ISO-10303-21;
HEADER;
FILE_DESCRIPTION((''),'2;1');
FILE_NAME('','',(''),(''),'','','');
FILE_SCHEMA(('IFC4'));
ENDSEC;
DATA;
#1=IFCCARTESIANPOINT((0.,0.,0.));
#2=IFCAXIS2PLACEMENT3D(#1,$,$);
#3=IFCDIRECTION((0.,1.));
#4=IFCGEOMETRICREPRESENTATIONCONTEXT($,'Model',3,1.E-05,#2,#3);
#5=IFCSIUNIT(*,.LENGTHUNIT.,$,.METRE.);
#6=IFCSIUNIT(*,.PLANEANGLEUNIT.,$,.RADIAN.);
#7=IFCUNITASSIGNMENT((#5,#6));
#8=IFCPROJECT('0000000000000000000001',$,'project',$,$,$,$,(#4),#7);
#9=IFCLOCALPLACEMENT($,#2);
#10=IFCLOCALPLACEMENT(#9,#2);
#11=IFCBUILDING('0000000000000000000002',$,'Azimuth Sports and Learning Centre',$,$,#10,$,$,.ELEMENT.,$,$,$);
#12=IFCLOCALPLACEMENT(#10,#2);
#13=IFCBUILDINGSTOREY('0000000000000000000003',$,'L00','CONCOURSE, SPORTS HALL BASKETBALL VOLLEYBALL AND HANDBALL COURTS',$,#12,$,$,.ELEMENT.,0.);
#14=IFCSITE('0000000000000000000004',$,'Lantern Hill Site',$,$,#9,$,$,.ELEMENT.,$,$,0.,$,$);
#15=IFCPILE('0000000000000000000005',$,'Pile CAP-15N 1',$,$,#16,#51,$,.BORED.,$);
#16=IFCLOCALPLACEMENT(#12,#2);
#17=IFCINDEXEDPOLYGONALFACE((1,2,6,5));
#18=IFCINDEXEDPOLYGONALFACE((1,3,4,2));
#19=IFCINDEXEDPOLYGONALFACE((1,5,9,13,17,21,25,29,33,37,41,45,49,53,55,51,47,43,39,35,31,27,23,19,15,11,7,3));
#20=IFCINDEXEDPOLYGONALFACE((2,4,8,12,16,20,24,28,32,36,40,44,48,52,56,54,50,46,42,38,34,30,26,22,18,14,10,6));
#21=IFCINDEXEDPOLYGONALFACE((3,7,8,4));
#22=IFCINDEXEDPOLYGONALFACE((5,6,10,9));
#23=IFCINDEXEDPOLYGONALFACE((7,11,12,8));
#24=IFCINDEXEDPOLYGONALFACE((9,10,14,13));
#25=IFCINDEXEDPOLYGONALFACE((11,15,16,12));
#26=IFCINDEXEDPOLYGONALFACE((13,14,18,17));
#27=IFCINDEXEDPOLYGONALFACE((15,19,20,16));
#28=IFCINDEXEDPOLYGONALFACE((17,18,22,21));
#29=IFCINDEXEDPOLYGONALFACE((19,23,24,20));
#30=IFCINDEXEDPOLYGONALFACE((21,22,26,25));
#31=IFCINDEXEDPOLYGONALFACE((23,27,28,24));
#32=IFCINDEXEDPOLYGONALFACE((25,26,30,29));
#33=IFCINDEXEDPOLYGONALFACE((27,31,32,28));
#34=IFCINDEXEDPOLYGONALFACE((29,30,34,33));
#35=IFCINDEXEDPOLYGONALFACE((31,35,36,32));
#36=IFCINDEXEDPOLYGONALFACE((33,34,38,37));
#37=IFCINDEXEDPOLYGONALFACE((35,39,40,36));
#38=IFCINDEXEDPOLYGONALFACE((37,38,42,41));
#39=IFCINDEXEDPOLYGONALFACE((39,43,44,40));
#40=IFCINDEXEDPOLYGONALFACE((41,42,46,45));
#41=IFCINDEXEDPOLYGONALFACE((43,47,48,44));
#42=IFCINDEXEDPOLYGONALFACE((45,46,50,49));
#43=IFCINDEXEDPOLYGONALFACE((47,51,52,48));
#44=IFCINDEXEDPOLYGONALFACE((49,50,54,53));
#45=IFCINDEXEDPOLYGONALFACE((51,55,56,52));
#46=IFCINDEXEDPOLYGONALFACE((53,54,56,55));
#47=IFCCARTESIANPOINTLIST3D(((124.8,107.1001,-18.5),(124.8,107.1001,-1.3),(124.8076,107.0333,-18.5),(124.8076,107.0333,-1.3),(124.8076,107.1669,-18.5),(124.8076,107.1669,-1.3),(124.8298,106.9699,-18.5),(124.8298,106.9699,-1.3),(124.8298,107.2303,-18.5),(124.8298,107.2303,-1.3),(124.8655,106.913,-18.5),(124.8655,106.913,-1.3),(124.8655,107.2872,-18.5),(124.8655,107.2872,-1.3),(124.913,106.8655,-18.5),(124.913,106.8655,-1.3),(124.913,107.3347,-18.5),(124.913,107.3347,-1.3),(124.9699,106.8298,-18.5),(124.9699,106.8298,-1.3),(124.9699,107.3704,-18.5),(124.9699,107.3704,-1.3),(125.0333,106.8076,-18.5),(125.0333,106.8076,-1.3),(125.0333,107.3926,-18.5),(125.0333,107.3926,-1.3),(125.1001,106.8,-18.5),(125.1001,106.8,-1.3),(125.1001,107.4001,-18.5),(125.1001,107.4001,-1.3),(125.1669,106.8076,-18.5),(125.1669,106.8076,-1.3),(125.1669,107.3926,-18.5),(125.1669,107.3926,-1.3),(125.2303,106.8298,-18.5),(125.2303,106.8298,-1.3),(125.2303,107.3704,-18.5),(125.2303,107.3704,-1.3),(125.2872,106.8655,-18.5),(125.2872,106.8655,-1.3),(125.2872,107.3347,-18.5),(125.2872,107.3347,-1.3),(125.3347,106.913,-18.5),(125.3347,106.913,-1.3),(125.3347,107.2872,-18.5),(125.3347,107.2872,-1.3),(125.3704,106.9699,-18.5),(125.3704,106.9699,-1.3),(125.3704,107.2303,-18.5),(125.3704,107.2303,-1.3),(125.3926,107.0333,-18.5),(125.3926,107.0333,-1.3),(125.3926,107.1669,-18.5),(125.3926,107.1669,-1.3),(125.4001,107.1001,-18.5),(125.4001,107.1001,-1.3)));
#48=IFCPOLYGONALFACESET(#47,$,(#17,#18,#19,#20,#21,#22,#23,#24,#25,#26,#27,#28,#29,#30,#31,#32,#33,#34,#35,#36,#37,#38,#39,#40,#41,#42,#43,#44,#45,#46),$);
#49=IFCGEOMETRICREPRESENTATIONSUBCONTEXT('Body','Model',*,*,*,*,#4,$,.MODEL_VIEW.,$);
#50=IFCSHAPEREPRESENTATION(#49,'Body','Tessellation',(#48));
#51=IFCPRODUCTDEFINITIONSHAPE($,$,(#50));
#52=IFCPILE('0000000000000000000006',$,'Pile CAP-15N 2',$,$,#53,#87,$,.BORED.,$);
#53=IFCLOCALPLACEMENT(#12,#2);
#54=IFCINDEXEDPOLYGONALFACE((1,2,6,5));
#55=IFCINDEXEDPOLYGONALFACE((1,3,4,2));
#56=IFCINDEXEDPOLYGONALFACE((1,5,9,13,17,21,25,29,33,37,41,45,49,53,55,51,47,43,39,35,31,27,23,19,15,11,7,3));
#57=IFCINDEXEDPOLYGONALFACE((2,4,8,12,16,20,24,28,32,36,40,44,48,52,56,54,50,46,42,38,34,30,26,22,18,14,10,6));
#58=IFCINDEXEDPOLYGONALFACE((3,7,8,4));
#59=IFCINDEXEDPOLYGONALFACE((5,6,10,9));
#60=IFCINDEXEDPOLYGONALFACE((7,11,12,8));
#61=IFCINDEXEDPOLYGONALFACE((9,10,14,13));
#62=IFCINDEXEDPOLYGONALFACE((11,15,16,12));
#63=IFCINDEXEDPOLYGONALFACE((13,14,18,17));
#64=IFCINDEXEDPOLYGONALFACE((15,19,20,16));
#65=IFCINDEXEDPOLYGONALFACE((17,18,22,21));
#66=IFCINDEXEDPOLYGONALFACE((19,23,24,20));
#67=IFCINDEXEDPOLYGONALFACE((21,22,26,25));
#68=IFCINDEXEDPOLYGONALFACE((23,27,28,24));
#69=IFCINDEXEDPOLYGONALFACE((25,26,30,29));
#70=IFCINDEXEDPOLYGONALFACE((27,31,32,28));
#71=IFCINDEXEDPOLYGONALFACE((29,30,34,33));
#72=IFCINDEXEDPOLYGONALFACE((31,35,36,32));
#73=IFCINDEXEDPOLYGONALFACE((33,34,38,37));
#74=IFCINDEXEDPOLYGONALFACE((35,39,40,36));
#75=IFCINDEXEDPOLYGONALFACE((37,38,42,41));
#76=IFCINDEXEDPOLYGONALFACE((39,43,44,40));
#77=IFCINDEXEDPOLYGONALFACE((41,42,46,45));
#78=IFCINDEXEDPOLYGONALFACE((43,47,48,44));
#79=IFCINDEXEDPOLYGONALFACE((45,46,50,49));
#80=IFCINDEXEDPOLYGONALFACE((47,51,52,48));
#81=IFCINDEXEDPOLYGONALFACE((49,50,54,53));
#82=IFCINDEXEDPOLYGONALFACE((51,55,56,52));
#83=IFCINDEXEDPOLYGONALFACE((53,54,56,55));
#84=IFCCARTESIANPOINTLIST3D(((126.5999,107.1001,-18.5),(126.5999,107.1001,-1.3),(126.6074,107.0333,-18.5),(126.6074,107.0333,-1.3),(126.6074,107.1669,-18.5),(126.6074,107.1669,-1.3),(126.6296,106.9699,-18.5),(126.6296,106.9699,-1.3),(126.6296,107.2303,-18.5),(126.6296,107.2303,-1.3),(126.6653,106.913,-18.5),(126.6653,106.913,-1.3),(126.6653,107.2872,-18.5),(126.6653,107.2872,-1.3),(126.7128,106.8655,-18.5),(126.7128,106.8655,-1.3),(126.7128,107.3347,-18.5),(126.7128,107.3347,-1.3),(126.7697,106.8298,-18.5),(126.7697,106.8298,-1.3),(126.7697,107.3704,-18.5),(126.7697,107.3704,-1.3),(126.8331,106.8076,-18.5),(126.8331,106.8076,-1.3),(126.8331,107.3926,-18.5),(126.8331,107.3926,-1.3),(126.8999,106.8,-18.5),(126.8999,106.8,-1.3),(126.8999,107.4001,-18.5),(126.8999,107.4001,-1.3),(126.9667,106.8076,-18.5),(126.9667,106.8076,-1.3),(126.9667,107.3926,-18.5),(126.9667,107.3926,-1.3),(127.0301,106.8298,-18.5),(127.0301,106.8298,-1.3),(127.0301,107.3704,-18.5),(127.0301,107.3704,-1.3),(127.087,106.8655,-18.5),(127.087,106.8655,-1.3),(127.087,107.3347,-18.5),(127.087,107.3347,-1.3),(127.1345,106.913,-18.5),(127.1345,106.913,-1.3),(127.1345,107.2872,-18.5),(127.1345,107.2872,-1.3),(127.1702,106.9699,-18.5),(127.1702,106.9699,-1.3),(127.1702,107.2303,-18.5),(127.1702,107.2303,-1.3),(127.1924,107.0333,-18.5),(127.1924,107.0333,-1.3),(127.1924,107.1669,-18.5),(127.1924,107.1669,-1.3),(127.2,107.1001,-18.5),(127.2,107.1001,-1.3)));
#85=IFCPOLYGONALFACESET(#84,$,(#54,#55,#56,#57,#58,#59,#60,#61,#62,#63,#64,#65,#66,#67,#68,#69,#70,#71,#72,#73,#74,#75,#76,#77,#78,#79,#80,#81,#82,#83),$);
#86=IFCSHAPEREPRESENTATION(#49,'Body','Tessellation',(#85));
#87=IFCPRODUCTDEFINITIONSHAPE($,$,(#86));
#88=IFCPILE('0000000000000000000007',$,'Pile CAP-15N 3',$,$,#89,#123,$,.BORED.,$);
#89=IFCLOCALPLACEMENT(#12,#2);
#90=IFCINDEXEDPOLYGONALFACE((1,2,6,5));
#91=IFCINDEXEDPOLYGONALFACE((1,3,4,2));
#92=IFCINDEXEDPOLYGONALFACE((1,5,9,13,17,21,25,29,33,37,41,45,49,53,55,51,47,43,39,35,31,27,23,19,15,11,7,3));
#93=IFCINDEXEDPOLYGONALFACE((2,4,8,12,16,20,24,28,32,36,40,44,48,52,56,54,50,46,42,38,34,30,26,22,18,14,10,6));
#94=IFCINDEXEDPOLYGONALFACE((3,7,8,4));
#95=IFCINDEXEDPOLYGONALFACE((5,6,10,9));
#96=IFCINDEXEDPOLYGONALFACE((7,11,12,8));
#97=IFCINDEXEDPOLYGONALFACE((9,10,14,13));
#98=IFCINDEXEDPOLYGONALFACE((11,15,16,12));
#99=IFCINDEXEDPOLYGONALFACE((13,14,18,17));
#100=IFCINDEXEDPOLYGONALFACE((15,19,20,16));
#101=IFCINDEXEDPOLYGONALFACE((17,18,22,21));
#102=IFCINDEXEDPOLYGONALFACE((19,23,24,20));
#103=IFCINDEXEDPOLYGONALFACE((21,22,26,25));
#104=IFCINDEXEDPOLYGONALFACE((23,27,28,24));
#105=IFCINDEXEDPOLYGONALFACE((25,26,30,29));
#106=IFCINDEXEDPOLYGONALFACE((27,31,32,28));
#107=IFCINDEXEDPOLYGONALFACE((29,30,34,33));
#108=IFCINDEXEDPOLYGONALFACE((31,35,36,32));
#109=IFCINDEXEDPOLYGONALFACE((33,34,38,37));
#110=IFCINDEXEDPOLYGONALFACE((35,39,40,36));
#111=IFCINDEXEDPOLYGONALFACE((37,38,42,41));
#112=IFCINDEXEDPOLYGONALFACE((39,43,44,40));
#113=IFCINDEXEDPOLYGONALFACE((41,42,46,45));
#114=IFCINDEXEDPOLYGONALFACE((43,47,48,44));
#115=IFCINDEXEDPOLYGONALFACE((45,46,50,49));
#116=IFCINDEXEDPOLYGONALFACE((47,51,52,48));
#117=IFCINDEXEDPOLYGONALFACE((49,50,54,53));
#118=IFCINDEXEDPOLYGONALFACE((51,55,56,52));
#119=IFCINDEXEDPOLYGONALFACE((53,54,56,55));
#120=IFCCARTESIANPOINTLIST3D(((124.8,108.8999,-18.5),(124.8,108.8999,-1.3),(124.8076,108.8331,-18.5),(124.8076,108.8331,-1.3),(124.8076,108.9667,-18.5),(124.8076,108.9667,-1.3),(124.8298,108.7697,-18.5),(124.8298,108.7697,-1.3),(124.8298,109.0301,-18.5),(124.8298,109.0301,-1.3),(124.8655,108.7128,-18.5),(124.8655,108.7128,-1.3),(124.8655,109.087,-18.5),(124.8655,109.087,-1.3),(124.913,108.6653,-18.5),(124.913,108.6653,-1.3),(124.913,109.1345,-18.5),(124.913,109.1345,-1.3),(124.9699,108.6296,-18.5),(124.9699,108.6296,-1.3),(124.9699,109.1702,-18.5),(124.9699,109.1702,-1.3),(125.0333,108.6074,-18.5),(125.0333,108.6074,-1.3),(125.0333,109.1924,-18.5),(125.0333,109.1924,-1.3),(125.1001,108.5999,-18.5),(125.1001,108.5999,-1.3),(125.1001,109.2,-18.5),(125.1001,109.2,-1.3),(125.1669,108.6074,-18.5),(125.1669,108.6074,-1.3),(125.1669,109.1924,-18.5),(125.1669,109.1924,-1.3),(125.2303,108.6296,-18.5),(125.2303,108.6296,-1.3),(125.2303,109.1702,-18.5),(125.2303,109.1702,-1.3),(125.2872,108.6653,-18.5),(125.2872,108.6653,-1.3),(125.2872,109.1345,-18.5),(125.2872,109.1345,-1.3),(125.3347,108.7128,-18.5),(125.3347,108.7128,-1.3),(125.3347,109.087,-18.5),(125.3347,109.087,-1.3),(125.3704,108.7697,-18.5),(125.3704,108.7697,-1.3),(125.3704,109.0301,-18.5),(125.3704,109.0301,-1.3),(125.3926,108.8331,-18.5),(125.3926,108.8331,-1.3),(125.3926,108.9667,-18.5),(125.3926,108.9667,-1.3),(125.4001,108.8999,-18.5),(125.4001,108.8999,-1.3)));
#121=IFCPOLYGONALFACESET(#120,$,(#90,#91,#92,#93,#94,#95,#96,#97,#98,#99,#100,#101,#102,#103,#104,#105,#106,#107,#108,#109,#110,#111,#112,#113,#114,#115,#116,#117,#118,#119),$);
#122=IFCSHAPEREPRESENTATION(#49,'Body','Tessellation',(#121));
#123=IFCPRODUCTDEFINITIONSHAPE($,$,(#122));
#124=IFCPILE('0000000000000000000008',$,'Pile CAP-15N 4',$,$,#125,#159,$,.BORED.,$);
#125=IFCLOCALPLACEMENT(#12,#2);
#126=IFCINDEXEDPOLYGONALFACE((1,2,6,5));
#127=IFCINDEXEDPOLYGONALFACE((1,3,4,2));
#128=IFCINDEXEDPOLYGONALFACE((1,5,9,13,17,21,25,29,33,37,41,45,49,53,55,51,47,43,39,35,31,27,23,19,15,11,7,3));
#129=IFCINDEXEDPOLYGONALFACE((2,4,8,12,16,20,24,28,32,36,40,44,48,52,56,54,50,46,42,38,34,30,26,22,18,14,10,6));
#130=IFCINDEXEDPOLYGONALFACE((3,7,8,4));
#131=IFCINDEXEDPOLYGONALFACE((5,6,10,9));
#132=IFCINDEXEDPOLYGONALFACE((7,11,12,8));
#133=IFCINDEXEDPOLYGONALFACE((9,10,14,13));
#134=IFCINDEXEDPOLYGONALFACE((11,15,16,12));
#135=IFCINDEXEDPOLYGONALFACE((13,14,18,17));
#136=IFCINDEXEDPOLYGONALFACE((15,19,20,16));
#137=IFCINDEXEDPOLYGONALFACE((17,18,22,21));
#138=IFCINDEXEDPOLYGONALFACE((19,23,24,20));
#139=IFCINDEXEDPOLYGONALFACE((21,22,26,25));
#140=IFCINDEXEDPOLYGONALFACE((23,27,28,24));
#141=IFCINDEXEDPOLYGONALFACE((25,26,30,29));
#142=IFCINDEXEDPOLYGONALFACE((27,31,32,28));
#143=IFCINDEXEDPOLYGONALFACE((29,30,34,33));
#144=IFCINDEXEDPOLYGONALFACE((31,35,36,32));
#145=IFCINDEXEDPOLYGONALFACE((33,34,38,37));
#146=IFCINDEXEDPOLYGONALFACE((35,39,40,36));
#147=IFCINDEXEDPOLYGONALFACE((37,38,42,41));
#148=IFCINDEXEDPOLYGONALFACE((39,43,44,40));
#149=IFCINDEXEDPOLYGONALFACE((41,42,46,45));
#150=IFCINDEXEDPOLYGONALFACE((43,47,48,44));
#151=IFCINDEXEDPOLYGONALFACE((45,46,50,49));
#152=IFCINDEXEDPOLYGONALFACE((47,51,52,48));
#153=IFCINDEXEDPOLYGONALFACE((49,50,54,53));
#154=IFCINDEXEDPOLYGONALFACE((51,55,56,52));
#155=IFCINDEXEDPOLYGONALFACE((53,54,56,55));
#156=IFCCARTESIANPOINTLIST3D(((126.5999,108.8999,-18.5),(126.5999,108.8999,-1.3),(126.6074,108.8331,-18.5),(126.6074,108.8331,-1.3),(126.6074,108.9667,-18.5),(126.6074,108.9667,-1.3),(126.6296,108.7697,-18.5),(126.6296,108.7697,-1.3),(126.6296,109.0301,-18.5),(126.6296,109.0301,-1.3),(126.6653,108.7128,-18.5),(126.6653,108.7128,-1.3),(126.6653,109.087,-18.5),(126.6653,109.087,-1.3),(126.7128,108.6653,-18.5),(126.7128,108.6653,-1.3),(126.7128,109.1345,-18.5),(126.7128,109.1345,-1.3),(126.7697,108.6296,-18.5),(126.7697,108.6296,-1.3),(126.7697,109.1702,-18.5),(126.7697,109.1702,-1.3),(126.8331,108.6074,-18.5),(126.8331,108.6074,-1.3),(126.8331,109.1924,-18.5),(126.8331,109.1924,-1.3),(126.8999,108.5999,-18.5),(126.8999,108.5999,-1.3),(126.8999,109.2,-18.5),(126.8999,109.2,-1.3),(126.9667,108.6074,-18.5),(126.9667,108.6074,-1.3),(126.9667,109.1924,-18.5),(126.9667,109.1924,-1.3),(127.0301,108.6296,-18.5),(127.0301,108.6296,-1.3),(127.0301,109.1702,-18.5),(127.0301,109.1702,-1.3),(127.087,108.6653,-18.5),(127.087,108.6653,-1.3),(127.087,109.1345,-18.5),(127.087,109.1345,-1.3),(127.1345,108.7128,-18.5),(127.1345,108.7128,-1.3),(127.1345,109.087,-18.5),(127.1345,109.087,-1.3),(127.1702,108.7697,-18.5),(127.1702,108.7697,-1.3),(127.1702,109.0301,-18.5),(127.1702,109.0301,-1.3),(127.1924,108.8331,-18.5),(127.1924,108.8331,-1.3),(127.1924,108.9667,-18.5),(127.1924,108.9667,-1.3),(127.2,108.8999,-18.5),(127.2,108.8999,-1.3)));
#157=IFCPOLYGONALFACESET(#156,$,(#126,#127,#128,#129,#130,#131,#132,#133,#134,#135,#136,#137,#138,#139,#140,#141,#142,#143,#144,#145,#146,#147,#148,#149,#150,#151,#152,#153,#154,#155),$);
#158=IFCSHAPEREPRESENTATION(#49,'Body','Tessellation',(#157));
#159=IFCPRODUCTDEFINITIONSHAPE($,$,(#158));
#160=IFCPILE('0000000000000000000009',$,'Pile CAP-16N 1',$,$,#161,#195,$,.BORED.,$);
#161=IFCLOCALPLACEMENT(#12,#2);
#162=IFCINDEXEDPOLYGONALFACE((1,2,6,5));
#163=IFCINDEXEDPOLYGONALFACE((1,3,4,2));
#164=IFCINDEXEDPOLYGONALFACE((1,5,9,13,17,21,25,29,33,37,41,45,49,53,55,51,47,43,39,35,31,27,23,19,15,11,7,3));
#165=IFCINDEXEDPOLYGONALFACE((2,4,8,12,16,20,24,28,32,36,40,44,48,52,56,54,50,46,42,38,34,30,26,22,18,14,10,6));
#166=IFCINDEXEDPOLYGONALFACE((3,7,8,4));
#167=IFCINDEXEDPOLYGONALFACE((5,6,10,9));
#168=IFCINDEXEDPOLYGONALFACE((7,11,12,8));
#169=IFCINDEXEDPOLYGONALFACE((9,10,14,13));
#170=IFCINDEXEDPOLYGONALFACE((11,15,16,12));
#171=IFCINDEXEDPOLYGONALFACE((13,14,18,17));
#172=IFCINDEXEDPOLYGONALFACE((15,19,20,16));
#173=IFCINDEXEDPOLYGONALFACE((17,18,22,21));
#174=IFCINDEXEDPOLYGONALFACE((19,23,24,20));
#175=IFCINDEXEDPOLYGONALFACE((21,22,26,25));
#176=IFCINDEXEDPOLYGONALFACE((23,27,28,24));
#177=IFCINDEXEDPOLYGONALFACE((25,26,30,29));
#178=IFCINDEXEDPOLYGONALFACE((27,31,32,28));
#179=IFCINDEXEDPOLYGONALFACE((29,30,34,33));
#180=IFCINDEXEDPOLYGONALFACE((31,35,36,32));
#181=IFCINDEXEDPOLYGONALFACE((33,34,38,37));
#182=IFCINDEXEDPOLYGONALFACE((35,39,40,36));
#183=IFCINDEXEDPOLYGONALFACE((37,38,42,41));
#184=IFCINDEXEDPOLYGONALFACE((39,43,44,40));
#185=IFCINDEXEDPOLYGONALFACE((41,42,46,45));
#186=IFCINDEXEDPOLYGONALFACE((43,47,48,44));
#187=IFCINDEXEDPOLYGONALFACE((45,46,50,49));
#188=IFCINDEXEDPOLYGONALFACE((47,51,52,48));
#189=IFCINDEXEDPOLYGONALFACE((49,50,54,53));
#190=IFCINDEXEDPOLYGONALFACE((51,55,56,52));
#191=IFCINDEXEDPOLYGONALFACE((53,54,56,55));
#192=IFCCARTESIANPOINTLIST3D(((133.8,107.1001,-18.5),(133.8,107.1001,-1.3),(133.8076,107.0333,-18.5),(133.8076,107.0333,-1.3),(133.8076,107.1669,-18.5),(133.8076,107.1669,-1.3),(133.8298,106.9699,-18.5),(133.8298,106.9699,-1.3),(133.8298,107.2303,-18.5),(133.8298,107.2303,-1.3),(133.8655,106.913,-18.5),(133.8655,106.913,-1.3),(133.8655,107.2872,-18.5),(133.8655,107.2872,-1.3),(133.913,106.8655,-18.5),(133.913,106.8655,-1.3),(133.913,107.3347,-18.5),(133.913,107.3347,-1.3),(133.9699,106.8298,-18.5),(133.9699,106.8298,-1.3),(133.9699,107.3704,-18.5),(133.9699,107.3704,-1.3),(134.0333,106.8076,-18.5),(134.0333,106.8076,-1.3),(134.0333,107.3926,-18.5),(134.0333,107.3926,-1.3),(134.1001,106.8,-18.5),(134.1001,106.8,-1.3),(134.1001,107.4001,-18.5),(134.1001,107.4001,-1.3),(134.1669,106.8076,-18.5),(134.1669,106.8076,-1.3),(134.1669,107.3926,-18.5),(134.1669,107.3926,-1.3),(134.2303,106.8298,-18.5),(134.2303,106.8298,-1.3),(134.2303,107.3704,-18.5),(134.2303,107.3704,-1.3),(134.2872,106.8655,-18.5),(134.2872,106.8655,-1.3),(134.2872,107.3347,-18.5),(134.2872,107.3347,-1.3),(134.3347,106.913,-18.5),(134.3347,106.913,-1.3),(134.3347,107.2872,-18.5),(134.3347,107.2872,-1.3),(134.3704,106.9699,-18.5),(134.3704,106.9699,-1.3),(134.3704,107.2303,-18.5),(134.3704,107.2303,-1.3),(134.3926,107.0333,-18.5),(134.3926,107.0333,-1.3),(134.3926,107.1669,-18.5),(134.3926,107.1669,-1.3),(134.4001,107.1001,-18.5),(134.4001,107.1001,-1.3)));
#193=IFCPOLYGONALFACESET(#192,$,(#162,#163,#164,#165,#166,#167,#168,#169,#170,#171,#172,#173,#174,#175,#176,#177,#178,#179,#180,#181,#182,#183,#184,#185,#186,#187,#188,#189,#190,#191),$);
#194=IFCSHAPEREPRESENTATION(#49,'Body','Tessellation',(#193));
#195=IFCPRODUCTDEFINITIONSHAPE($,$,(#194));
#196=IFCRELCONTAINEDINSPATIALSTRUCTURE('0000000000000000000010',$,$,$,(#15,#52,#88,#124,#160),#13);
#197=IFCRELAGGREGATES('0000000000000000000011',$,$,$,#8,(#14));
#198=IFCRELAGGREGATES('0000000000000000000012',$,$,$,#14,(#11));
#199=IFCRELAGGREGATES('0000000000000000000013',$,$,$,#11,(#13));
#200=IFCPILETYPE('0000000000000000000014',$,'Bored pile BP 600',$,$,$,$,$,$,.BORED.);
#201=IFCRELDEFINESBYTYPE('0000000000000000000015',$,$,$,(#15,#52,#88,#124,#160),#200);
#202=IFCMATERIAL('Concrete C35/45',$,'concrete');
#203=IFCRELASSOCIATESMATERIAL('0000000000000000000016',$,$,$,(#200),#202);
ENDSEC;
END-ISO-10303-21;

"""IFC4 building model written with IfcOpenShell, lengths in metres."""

from ifc_helpers import new_model, si_unit, direction, frame, origin, origin_2d, place, context, subcontext, project, spatial, circle, extrude, material, material_profile, profile_set, type_object, element, save


model = new_model("IFC4")

# Units and contexts
model_context = context("Model", 3, precision=1e-05, world=origin(), true_north=direction((0.0, 1.0)))
body_context = subcontext(model_context, "Body", "Model", "MODEL_VIEW")
ifc_project = project(units=[si_unit("LENGTHUNIT", "METRE"), si_unit("PLANEANGLEUNIT", "RADIAN")], contexts=[model_context])

# Site, building, storey
site_placement = place(None, origin())
site = spatial("IfcSite", under=ifc_project, at=site_placement, Name="Lantern Hill Site", CompositionType="ELEMENT", RefElevation=0.0)
building_placement = place(site_placement, origin())
building = spatial("IfcBuilding", under=site, at=building_placement, Name="Azimuth Sports and Learning Centre", CompositionType="ELEMENT")
storey_placement = place(building_placement, origin())
storey = spatial("IfcBuildingStorey", under=building, at=storey_placement, Name="L00", Description="CONCOURSE, SPORTS HALL BASKETBALL VOLLEYBALL AND HANDBALL COURTS", CompositionType="ELEMENT", Elevation=0.0)

# Piles
ifc_material_1 = material(Name="Concrete C35/45", Category="concrete")
ifc_material_profile_1 = material_profile(ifc_material_1, circle(Radius=0.3, at=origin_2d()), Name="BP 600")
ifc_profile_set_1 = profile_set([ifc_material_profile_1], Name="Concrete C35/45")
pile_type_1 = type_object("IfcPileType", Name="Bored pile BP 600", PredefinedType="BORED", material=ifc_profile_set_1)
for number, where, z_axis, x_axis, name in (
    (1, (125.1001, 107.1001, -1.3), (0.0, 0.0, -1.0), (1.0, 0.0, 0.0), "Pile CAP-15N 1"),
    (2, (126.8999, 107.1001, -1.3), (0.0, 0.0, -1.0), (1.0, 0.0, 0.0), "Pile CAP-15N 2"),
    (3, (125.1001, 108.8999, -1.3), (0.0, 0.0, -1.0), (1.0, 0.0, 0.0), "Pile CAP-15N 3"),
    (4, (126.8999, 108.8999, -1.3), (0.0, 0.0, -1.0), (1.0, 0.0, 0.0), "Pile CAP-15N 4"),
    (5, (134.1001, 107.1001, -1.3), (0.0, 0.0, -1.0), (1.0, 0.0, 0.0), "Pile CAP-16N 1"),
):
    element("IfcPile", number, at=place(storey_placement, frame(where, z_axis=z_axis, x_axis=x_axis)), inside=storey, type_object=pile_type_1, Name=name, PredefinedType="BORED", context=body_context, shape_type="SweptSolid", body=[
        extrude(circle(Radius=0.3, at=origin_2d()), origin(), (0.0, 0.0, 1.0), 17.2),
    ])

save(model, "model.ifc")
